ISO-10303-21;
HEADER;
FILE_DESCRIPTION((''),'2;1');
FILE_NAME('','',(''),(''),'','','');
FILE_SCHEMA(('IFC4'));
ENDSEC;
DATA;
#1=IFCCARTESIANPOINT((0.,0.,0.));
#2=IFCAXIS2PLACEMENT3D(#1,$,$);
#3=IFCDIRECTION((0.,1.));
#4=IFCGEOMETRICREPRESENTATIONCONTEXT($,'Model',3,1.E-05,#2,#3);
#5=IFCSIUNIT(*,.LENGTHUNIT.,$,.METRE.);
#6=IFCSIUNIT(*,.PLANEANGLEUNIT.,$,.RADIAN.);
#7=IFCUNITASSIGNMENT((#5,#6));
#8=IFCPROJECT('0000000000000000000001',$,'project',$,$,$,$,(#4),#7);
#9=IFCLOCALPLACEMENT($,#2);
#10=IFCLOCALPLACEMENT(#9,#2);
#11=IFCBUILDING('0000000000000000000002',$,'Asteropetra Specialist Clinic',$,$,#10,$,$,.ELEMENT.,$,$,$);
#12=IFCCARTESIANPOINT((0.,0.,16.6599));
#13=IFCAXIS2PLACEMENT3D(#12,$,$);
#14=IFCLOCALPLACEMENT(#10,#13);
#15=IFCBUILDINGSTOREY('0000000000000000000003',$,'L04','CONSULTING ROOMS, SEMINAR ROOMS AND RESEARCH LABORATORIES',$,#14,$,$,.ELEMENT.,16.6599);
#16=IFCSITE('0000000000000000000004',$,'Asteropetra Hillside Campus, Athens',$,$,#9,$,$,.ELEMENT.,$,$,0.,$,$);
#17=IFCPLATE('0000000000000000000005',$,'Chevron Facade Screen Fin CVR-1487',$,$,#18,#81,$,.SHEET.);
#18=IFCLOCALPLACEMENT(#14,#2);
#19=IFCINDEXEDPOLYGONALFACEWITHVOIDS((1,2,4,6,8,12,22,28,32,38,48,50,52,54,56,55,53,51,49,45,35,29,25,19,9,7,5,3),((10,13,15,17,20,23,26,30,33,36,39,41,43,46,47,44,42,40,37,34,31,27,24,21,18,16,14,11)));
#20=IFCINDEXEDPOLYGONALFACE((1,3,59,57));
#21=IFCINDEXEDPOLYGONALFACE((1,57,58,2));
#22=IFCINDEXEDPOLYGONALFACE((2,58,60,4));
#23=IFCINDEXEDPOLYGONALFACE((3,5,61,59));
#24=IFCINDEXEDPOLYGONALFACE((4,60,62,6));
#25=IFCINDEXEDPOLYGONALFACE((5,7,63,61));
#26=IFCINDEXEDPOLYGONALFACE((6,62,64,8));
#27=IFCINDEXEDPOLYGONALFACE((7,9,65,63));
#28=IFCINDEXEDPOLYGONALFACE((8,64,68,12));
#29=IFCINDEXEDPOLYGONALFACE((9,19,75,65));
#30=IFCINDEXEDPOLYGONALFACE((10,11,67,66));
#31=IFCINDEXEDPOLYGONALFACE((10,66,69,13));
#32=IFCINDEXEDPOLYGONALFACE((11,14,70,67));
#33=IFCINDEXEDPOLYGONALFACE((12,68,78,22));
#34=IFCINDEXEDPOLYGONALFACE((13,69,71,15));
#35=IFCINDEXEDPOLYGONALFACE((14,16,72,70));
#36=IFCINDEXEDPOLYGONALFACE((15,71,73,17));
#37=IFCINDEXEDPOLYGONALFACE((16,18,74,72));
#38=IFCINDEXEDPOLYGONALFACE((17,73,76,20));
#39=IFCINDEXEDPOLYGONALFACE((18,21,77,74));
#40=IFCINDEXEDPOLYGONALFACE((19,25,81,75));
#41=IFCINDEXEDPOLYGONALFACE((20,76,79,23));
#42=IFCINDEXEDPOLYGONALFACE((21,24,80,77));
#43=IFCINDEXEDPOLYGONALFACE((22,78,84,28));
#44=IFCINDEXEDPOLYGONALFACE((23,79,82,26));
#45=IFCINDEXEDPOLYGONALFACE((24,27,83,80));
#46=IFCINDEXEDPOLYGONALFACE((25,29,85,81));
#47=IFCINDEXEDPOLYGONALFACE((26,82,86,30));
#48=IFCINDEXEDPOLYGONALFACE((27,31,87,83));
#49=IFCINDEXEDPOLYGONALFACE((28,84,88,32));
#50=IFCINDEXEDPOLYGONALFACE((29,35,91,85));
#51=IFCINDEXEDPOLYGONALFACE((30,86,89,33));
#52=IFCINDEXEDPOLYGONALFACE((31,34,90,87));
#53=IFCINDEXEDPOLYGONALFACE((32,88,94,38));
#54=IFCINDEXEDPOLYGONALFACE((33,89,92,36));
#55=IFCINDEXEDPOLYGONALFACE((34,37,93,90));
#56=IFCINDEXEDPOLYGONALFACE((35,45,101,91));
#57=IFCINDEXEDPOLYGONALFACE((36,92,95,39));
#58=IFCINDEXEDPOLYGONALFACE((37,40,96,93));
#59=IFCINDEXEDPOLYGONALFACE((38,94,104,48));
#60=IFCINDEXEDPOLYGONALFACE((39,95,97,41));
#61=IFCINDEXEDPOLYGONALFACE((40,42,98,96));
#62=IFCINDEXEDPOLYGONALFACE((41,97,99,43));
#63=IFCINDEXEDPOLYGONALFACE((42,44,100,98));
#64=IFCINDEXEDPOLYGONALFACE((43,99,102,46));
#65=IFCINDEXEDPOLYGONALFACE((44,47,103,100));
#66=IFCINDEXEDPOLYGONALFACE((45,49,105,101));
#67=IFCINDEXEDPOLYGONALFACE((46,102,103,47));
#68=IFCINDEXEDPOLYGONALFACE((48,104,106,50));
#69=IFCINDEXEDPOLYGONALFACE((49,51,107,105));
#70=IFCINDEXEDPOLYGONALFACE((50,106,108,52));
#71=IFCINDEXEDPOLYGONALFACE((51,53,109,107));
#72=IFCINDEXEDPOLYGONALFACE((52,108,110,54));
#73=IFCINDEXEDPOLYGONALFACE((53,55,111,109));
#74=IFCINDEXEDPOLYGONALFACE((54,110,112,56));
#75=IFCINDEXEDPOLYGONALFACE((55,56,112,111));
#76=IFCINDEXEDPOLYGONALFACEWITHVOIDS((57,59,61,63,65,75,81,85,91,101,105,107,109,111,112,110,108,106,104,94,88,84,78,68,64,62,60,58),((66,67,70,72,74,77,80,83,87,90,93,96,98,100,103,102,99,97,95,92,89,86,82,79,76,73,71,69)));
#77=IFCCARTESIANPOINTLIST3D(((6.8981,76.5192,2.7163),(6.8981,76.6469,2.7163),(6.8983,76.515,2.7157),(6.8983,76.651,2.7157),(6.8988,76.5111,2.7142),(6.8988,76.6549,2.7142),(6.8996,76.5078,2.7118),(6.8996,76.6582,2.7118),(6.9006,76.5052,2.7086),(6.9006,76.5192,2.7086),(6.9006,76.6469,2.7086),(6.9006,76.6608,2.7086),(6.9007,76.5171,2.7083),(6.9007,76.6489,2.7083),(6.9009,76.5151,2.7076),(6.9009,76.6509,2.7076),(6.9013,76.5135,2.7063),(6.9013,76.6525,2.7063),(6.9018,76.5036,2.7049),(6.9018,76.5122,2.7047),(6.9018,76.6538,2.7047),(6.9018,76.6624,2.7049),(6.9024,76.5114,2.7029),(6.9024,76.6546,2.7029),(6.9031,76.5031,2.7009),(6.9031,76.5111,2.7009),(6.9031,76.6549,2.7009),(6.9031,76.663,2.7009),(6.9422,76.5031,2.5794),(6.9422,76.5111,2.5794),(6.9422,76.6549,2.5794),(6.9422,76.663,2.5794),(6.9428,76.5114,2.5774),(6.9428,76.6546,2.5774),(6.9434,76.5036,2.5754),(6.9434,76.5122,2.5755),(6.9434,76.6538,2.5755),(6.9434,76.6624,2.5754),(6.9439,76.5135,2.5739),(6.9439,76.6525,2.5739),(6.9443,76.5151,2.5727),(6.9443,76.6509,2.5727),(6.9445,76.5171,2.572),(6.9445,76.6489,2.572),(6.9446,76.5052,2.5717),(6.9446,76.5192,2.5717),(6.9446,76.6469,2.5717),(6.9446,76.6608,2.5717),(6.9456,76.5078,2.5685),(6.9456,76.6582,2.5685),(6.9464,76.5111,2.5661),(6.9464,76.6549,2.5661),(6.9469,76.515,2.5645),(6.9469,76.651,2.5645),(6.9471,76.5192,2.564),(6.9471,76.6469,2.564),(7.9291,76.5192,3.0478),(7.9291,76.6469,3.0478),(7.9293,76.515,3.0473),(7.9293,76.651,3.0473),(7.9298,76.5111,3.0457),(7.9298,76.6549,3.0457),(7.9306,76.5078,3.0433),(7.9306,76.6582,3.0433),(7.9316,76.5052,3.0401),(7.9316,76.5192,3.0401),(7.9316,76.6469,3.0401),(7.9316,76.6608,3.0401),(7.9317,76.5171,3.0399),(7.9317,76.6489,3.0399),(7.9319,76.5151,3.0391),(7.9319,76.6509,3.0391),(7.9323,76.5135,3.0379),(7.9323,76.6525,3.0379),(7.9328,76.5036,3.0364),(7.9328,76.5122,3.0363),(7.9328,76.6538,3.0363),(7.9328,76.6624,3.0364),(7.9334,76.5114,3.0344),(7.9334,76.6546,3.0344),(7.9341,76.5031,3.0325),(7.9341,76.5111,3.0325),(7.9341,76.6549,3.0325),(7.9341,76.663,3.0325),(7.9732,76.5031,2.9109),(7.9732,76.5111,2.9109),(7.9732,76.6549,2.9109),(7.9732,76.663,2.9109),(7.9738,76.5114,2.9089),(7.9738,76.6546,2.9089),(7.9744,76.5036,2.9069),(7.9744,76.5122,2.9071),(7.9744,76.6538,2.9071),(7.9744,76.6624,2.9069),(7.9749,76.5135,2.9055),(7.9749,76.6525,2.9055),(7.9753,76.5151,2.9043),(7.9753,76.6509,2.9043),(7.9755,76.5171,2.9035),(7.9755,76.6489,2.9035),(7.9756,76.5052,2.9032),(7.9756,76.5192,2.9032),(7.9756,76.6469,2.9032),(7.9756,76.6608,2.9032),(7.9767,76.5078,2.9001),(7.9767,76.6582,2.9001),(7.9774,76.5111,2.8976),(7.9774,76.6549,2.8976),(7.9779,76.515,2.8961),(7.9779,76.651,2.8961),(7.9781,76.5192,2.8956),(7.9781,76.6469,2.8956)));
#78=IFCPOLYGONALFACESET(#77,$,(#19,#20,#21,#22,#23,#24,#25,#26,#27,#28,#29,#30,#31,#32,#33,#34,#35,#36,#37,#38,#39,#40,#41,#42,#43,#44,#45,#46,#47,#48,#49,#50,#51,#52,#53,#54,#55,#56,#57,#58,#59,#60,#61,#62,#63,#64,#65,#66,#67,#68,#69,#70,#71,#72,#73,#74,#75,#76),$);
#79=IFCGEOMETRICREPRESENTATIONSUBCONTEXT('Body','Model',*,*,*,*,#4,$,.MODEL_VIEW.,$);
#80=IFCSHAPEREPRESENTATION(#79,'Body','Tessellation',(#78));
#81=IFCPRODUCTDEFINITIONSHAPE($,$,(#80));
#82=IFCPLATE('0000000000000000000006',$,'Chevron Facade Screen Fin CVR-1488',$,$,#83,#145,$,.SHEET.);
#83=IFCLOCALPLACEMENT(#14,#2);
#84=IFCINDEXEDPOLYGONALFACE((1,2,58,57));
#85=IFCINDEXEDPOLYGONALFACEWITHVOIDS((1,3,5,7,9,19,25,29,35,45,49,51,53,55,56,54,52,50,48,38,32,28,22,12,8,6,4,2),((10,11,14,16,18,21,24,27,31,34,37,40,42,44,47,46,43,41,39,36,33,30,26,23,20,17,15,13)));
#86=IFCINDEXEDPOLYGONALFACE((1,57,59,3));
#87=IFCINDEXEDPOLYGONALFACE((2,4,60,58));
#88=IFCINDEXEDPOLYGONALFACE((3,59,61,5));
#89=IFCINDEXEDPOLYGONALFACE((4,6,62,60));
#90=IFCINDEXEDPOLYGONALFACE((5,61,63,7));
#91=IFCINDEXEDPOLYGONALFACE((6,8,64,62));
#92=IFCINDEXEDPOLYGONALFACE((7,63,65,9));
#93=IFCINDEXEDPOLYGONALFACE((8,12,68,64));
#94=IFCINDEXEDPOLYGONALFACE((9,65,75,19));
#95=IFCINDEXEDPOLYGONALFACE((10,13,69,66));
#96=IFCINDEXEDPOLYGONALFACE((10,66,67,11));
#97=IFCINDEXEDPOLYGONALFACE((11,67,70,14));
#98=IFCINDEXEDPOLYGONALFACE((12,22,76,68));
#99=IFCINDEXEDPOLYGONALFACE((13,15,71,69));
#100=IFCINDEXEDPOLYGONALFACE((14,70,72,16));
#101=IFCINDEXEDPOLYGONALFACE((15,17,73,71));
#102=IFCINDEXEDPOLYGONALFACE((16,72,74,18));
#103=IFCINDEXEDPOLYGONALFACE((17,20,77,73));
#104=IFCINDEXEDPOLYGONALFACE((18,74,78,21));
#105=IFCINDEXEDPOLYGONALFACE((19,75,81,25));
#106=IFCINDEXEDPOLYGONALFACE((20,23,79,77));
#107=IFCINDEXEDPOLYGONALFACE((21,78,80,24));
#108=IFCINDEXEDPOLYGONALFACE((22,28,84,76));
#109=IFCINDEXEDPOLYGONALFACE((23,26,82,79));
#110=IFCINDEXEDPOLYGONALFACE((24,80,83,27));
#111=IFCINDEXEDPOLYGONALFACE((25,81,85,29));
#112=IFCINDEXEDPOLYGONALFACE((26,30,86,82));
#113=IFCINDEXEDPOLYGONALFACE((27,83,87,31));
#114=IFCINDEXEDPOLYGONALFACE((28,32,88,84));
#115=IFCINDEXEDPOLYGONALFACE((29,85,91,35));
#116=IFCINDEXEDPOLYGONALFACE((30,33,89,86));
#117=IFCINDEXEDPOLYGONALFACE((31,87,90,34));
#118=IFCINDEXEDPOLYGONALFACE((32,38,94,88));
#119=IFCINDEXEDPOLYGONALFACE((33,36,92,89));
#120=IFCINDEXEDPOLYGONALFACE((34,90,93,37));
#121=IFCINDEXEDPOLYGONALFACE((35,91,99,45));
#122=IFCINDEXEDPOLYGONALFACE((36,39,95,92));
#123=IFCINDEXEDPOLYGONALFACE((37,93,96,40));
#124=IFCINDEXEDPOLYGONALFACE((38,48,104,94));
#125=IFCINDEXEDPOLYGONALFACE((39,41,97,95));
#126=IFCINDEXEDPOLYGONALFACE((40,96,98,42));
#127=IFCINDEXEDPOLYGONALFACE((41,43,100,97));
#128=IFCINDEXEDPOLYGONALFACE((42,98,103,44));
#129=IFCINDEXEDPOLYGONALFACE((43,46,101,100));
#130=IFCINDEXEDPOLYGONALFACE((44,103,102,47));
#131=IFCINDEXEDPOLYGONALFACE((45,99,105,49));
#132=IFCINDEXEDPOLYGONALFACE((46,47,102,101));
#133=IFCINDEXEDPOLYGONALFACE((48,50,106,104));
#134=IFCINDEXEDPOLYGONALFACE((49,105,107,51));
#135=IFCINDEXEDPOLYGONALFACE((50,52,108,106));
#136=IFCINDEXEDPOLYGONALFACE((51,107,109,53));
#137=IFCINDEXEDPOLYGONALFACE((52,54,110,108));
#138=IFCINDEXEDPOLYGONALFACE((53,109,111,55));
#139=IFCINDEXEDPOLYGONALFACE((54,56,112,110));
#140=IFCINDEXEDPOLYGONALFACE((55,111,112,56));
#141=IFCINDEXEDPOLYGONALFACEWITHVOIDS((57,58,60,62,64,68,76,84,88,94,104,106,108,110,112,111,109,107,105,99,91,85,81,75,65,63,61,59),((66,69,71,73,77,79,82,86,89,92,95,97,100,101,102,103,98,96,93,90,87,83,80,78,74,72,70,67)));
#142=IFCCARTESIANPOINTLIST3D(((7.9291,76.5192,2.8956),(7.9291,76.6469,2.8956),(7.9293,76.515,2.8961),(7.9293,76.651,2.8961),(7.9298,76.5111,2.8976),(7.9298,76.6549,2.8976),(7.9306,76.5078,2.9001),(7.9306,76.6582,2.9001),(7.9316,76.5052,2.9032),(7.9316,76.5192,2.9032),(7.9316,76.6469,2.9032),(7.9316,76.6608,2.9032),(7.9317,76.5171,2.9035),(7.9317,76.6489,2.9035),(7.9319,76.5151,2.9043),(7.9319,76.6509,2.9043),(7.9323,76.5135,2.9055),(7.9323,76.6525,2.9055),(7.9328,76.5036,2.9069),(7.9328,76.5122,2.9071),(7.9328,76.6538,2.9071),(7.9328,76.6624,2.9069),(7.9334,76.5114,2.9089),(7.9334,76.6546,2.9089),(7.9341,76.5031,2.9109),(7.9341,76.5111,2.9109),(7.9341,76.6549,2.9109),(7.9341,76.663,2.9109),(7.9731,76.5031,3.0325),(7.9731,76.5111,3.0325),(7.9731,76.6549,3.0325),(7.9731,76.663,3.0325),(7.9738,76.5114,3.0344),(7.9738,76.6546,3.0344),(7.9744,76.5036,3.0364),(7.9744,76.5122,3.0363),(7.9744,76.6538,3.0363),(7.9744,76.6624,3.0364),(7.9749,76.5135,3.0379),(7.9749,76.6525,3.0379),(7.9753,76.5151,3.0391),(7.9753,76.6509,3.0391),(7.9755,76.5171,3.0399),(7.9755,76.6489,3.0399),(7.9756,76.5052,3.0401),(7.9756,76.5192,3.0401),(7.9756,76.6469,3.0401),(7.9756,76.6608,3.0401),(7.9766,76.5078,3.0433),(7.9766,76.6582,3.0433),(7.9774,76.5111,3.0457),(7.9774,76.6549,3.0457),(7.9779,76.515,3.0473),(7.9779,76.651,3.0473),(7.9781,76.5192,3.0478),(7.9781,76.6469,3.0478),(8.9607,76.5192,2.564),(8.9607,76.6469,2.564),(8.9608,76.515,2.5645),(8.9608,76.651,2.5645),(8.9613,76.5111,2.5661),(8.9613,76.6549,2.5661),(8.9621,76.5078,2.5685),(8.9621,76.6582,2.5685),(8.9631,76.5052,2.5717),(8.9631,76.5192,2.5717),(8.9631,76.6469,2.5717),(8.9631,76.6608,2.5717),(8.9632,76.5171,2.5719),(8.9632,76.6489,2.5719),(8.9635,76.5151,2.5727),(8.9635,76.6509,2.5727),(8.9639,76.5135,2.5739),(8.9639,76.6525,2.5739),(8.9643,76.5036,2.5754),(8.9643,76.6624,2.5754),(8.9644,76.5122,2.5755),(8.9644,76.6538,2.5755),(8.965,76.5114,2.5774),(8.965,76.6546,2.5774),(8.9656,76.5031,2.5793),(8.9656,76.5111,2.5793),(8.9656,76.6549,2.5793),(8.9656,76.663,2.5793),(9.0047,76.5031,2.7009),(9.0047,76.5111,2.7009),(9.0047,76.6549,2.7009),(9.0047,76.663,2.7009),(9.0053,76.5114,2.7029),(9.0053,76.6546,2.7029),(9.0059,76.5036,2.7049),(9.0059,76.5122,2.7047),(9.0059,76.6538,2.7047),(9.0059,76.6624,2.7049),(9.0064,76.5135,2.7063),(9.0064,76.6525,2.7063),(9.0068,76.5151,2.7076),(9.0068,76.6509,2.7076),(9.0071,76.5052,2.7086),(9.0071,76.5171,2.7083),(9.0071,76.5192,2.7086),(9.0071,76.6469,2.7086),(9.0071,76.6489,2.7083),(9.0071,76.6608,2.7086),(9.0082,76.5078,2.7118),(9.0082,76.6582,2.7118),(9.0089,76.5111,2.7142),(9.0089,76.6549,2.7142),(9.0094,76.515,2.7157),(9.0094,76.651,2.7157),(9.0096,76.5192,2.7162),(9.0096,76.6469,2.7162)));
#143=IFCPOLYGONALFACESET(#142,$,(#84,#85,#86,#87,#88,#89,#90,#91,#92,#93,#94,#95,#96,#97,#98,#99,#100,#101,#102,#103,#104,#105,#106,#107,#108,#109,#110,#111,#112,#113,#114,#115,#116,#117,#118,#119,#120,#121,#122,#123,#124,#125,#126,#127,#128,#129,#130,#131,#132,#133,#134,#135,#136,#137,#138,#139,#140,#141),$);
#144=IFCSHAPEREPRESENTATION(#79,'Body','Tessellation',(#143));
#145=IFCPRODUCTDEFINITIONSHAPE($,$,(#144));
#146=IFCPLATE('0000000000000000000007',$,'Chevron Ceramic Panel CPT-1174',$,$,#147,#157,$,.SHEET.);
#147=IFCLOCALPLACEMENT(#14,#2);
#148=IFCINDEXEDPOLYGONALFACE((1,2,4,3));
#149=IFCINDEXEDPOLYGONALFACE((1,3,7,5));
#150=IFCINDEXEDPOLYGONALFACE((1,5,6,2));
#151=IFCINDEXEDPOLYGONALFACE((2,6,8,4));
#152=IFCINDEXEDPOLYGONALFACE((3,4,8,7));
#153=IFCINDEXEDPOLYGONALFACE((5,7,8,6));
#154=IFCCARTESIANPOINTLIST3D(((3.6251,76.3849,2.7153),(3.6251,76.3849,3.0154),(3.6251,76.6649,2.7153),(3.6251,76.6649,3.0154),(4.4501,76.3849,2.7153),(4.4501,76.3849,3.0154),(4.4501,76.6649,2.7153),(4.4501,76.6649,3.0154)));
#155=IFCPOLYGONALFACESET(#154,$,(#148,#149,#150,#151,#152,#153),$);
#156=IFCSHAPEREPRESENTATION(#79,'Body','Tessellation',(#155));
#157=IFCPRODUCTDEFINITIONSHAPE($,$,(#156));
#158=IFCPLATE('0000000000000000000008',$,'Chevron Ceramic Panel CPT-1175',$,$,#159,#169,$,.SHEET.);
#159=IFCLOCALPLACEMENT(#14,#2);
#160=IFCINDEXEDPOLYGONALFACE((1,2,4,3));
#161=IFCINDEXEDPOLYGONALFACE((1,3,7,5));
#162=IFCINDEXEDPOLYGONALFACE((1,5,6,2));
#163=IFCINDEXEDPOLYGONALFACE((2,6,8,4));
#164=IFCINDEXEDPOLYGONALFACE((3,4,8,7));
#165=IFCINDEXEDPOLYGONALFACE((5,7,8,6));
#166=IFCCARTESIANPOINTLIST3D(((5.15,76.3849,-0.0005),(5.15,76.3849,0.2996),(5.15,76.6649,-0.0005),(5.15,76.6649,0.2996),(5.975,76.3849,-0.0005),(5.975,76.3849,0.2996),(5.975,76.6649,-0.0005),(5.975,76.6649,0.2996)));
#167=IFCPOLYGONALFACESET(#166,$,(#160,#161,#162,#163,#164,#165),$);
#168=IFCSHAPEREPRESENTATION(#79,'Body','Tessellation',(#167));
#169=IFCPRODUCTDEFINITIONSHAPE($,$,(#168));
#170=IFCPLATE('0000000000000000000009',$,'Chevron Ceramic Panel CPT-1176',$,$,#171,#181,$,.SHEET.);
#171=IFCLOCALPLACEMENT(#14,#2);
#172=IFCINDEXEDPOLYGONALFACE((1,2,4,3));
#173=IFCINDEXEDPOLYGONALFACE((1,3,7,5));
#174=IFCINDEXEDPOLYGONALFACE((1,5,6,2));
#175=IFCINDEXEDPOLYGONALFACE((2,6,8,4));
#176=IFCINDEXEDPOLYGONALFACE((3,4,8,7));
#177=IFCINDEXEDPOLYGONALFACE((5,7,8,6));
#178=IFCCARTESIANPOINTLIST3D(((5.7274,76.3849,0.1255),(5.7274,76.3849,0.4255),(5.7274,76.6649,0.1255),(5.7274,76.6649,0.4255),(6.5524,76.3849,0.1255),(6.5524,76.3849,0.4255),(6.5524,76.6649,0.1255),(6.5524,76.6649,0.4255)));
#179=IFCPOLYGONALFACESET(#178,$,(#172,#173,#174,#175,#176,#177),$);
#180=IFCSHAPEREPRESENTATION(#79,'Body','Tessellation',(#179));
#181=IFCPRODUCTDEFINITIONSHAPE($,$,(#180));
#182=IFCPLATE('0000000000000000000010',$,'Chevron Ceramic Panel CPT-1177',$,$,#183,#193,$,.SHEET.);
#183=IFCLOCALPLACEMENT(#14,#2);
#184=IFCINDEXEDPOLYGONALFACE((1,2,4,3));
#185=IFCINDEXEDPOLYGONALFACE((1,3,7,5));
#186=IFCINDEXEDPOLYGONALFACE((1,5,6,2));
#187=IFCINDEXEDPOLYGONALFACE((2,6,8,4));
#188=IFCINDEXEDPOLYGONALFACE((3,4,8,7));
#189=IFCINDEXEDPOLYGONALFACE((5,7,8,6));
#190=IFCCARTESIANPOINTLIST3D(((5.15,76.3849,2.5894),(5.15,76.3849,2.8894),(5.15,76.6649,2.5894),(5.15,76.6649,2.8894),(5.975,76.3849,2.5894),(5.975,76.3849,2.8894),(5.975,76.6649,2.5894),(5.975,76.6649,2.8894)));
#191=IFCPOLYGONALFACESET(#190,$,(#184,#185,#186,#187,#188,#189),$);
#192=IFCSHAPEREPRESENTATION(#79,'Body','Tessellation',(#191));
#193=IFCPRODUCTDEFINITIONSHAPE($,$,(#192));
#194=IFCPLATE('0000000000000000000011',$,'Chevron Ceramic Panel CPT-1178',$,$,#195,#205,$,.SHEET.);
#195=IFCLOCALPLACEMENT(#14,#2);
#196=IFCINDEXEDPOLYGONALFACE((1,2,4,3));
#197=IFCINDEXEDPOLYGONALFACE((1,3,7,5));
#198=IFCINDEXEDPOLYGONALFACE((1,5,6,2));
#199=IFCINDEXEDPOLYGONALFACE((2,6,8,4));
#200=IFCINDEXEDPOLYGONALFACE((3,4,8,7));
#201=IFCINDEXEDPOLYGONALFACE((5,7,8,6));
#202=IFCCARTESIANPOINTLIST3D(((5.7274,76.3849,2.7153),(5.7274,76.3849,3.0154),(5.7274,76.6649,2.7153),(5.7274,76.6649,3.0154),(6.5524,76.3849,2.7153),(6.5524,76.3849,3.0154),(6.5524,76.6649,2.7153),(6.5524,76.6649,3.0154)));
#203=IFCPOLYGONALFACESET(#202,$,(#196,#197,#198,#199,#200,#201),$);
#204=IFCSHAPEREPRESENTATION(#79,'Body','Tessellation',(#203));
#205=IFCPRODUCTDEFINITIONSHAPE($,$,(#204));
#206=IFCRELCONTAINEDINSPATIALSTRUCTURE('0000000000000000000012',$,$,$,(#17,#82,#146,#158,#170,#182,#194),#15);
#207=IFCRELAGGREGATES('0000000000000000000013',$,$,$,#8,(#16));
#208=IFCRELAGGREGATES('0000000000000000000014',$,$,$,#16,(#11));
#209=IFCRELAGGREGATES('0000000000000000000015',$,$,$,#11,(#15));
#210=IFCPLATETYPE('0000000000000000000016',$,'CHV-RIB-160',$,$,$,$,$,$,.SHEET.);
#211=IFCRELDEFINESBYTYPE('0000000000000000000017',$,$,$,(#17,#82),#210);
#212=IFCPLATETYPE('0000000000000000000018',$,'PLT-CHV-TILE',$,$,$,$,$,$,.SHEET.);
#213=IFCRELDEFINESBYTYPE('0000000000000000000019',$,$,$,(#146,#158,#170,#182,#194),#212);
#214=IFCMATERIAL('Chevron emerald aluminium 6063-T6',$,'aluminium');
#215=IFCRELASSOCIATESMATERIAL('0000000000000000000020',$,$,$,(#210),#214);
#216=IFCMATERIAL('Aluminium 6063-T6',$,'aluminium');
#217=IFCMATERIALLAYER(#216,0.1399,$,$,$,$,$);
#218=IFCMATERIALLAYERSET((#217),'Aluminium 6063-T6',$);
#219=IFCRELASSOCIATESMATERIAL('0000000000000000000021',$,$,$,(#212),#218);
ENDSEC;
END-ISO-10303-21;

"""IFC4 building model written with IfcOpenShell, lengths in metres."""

from ifc_helpers import new_model, si_unit, direction, frame, origin, origin_2d, place, context, subcontext, project, spatial, rectangle, hollow_rectangle, extrude, material, layer, layer_set, material_profile, profile_set, type_object, element, save


model = new_model("IFC4")

# Units and contexts
model_context = context("Model", 3, precision=1e-05, world=origin(), true_north=direction((0.0, 1.0)))
body_context = subcontext(model_context, "Body", "Model", "MODEL_VIEW")
ifc_project = project(units=[si_unit("LENGTHUNIT", "METRE"), si_unit("PLANEANGLEUNIT", "RADIAN")], contexts=[model_context])

# Site, building, storey
site_placement = place(None, origin())
site = spatial("IfcSite", under=ifc_project, at=site_placement, Name="Asteropetra Hillside Campus, Athens", CompositionType="ELEMENT", RefElevation=0.0)
building_placement = place(site_placement, origin())
building = spatial("IfcBuilding", under=site, at=building_placement, Name="Asteropetra Specialist Clinic", CompositionType="ELEMENT")
storey_placement = place(building_placement, frame((0.0, 0.0, 16.6599)))
storey = spatial("IfcBuildingStorey", under=building, at=storey_placement, Name="L04", Description="CONSULTING ROOMS, SEMINAR ROOMS AND RESEARCH LABORATORIES", CompositionType="ELEMENT", Elevation=16.6599)

# Plates
ifc_material_1 = material(Name="Chevron emerald aluminium 6063-T6", Category="aluminium")
ifc_material_profile_1 = material_profile(ifc_material_1, hollow_rectangle(XDim=0.1599, YDim=0.1599, WallThickness=0.0081, InnerFilletRadius=0.0081, OuterFilletRadius=0.0161, at=origin_2d()), Name="SHS 160x160x8.0")
ifc_profile_set_1 = profile_set([ifc_material_profile_1], Name="Chevron emerald aluminium 6063-T6")
plate_type_1 = type_object("IfcPlateType", Name="CHV-RIB-160", PredefinedType="SHEET", material=ifc_profile_set_1)
plate_1_placement = place(storey_placement, frame((6.9226, 76.583, 2.6401), z_axis=(0.951989, 0.0, 0.306133), x_axis=(0.0, 1.0, 0.0)))
element("IfcPlate", 1, at=plate_1_placement, inside=storey, type_object=plate_type_1, Name="Chevron Facade Screen Fin CVR-1487", PredefinedType="SHEET", context=body_context, shape_type="SweptSolid", body=[
    extrude(hollow_rectangle(XDim=0.1599, YDim=0.1599, WallThickness=0.0081, InnerFilletRadius=0.0081, OuterFilletRadius=0.0161, at=origin_2d()), origin(), (0.0, 0.0, 1.0), 1.083),
])
plate_2_placement = place(storey_placement, frame((7.9536, 76.583, 2.9717), z_axis=(0.952031, 0.0, -0.306002), x_axis=(0.0, 1.0, 0.0)))
element("IfcPlate", 2, at=plate_2_placement, inside=storey, type_object=plate_type_1, Name="Chevron Facade Screen Fin CVR-1488", PredefinedType="SHEET", context=body_context, shape_type="SweptSolid", body=[
    extrude(hollow_rectangle(XDim=0.1599, YDim=0.1599, WallThickness=0.0081, InnerFilletRadius=0.0081, OuterFilletRadius=0.0161, at=origin_2d()), origin(), (0.0, 0.0, 1.0), 1.0835),
])
ifc_material_2 = material(Name="Aluminium 6063-T6", Category="aluminium")
ifc_layer_1 = layer(ifc_material_2, 0.1399)
ifc_layer_set_1 = layer_set([ifc_layer_1], Name="Aluminium 6063-T6")
plate_type_2 = type_object("IfcPlateType", Name="PLT-CHV-TILE", PredefinedType="SHEET", material=ifc_layer_set_1)
for number, where, z_axis, x_axis, name in (
    (3, (4.0376, 76.5249, 2.7153), (0.0, 0.0, 1.0), (1.0, 0.0, 0.0), "Chevron Ceramic Panel CPT-1174"),
    (4, (5.5625, 76.5249, -0.0005), (0.0, 0.0, 1.0), (1.0, 0.0, 0.0), "Chevron Ceramic Panel CPT-1175"),
    (5, (6.1399, 76.5249, 0.1255), (0.0, 0.0, 1.0), (1.0, 0.0, 0.0), "Chevron Ceramic Panel CPT-1176"),
    (6, (5.5625, 76.5249, 2.5894), (0.0, 0.0, 1.0), (1.0, 0.0, 0.0), "Chevron Ceramic Panel CPT-1177"),
    (7, (6.1399, 76.5249, 2.7153), (0.0, 0.0, 1.0), (1.0, 0.0, 0.0), "Chevron Ceramic Panel CPT-1178"),
):
    element("IfcPlate", number, at=place(storey_placement, frame(where, z_axis=z_axis, x_axis=x_axis)), inside=storey, type_object=plate_type_2, Name=name, PredefinedType="SHEET", context=body_context, shape_type="SweptSolid", body=[
        extrude(rectangle(XDim=0.825, YDim=0.28, at=origin_2d()), origin(), (0.0, 0.0, 1.0), 0.3),
    ])

save(model, "model.ifc")
